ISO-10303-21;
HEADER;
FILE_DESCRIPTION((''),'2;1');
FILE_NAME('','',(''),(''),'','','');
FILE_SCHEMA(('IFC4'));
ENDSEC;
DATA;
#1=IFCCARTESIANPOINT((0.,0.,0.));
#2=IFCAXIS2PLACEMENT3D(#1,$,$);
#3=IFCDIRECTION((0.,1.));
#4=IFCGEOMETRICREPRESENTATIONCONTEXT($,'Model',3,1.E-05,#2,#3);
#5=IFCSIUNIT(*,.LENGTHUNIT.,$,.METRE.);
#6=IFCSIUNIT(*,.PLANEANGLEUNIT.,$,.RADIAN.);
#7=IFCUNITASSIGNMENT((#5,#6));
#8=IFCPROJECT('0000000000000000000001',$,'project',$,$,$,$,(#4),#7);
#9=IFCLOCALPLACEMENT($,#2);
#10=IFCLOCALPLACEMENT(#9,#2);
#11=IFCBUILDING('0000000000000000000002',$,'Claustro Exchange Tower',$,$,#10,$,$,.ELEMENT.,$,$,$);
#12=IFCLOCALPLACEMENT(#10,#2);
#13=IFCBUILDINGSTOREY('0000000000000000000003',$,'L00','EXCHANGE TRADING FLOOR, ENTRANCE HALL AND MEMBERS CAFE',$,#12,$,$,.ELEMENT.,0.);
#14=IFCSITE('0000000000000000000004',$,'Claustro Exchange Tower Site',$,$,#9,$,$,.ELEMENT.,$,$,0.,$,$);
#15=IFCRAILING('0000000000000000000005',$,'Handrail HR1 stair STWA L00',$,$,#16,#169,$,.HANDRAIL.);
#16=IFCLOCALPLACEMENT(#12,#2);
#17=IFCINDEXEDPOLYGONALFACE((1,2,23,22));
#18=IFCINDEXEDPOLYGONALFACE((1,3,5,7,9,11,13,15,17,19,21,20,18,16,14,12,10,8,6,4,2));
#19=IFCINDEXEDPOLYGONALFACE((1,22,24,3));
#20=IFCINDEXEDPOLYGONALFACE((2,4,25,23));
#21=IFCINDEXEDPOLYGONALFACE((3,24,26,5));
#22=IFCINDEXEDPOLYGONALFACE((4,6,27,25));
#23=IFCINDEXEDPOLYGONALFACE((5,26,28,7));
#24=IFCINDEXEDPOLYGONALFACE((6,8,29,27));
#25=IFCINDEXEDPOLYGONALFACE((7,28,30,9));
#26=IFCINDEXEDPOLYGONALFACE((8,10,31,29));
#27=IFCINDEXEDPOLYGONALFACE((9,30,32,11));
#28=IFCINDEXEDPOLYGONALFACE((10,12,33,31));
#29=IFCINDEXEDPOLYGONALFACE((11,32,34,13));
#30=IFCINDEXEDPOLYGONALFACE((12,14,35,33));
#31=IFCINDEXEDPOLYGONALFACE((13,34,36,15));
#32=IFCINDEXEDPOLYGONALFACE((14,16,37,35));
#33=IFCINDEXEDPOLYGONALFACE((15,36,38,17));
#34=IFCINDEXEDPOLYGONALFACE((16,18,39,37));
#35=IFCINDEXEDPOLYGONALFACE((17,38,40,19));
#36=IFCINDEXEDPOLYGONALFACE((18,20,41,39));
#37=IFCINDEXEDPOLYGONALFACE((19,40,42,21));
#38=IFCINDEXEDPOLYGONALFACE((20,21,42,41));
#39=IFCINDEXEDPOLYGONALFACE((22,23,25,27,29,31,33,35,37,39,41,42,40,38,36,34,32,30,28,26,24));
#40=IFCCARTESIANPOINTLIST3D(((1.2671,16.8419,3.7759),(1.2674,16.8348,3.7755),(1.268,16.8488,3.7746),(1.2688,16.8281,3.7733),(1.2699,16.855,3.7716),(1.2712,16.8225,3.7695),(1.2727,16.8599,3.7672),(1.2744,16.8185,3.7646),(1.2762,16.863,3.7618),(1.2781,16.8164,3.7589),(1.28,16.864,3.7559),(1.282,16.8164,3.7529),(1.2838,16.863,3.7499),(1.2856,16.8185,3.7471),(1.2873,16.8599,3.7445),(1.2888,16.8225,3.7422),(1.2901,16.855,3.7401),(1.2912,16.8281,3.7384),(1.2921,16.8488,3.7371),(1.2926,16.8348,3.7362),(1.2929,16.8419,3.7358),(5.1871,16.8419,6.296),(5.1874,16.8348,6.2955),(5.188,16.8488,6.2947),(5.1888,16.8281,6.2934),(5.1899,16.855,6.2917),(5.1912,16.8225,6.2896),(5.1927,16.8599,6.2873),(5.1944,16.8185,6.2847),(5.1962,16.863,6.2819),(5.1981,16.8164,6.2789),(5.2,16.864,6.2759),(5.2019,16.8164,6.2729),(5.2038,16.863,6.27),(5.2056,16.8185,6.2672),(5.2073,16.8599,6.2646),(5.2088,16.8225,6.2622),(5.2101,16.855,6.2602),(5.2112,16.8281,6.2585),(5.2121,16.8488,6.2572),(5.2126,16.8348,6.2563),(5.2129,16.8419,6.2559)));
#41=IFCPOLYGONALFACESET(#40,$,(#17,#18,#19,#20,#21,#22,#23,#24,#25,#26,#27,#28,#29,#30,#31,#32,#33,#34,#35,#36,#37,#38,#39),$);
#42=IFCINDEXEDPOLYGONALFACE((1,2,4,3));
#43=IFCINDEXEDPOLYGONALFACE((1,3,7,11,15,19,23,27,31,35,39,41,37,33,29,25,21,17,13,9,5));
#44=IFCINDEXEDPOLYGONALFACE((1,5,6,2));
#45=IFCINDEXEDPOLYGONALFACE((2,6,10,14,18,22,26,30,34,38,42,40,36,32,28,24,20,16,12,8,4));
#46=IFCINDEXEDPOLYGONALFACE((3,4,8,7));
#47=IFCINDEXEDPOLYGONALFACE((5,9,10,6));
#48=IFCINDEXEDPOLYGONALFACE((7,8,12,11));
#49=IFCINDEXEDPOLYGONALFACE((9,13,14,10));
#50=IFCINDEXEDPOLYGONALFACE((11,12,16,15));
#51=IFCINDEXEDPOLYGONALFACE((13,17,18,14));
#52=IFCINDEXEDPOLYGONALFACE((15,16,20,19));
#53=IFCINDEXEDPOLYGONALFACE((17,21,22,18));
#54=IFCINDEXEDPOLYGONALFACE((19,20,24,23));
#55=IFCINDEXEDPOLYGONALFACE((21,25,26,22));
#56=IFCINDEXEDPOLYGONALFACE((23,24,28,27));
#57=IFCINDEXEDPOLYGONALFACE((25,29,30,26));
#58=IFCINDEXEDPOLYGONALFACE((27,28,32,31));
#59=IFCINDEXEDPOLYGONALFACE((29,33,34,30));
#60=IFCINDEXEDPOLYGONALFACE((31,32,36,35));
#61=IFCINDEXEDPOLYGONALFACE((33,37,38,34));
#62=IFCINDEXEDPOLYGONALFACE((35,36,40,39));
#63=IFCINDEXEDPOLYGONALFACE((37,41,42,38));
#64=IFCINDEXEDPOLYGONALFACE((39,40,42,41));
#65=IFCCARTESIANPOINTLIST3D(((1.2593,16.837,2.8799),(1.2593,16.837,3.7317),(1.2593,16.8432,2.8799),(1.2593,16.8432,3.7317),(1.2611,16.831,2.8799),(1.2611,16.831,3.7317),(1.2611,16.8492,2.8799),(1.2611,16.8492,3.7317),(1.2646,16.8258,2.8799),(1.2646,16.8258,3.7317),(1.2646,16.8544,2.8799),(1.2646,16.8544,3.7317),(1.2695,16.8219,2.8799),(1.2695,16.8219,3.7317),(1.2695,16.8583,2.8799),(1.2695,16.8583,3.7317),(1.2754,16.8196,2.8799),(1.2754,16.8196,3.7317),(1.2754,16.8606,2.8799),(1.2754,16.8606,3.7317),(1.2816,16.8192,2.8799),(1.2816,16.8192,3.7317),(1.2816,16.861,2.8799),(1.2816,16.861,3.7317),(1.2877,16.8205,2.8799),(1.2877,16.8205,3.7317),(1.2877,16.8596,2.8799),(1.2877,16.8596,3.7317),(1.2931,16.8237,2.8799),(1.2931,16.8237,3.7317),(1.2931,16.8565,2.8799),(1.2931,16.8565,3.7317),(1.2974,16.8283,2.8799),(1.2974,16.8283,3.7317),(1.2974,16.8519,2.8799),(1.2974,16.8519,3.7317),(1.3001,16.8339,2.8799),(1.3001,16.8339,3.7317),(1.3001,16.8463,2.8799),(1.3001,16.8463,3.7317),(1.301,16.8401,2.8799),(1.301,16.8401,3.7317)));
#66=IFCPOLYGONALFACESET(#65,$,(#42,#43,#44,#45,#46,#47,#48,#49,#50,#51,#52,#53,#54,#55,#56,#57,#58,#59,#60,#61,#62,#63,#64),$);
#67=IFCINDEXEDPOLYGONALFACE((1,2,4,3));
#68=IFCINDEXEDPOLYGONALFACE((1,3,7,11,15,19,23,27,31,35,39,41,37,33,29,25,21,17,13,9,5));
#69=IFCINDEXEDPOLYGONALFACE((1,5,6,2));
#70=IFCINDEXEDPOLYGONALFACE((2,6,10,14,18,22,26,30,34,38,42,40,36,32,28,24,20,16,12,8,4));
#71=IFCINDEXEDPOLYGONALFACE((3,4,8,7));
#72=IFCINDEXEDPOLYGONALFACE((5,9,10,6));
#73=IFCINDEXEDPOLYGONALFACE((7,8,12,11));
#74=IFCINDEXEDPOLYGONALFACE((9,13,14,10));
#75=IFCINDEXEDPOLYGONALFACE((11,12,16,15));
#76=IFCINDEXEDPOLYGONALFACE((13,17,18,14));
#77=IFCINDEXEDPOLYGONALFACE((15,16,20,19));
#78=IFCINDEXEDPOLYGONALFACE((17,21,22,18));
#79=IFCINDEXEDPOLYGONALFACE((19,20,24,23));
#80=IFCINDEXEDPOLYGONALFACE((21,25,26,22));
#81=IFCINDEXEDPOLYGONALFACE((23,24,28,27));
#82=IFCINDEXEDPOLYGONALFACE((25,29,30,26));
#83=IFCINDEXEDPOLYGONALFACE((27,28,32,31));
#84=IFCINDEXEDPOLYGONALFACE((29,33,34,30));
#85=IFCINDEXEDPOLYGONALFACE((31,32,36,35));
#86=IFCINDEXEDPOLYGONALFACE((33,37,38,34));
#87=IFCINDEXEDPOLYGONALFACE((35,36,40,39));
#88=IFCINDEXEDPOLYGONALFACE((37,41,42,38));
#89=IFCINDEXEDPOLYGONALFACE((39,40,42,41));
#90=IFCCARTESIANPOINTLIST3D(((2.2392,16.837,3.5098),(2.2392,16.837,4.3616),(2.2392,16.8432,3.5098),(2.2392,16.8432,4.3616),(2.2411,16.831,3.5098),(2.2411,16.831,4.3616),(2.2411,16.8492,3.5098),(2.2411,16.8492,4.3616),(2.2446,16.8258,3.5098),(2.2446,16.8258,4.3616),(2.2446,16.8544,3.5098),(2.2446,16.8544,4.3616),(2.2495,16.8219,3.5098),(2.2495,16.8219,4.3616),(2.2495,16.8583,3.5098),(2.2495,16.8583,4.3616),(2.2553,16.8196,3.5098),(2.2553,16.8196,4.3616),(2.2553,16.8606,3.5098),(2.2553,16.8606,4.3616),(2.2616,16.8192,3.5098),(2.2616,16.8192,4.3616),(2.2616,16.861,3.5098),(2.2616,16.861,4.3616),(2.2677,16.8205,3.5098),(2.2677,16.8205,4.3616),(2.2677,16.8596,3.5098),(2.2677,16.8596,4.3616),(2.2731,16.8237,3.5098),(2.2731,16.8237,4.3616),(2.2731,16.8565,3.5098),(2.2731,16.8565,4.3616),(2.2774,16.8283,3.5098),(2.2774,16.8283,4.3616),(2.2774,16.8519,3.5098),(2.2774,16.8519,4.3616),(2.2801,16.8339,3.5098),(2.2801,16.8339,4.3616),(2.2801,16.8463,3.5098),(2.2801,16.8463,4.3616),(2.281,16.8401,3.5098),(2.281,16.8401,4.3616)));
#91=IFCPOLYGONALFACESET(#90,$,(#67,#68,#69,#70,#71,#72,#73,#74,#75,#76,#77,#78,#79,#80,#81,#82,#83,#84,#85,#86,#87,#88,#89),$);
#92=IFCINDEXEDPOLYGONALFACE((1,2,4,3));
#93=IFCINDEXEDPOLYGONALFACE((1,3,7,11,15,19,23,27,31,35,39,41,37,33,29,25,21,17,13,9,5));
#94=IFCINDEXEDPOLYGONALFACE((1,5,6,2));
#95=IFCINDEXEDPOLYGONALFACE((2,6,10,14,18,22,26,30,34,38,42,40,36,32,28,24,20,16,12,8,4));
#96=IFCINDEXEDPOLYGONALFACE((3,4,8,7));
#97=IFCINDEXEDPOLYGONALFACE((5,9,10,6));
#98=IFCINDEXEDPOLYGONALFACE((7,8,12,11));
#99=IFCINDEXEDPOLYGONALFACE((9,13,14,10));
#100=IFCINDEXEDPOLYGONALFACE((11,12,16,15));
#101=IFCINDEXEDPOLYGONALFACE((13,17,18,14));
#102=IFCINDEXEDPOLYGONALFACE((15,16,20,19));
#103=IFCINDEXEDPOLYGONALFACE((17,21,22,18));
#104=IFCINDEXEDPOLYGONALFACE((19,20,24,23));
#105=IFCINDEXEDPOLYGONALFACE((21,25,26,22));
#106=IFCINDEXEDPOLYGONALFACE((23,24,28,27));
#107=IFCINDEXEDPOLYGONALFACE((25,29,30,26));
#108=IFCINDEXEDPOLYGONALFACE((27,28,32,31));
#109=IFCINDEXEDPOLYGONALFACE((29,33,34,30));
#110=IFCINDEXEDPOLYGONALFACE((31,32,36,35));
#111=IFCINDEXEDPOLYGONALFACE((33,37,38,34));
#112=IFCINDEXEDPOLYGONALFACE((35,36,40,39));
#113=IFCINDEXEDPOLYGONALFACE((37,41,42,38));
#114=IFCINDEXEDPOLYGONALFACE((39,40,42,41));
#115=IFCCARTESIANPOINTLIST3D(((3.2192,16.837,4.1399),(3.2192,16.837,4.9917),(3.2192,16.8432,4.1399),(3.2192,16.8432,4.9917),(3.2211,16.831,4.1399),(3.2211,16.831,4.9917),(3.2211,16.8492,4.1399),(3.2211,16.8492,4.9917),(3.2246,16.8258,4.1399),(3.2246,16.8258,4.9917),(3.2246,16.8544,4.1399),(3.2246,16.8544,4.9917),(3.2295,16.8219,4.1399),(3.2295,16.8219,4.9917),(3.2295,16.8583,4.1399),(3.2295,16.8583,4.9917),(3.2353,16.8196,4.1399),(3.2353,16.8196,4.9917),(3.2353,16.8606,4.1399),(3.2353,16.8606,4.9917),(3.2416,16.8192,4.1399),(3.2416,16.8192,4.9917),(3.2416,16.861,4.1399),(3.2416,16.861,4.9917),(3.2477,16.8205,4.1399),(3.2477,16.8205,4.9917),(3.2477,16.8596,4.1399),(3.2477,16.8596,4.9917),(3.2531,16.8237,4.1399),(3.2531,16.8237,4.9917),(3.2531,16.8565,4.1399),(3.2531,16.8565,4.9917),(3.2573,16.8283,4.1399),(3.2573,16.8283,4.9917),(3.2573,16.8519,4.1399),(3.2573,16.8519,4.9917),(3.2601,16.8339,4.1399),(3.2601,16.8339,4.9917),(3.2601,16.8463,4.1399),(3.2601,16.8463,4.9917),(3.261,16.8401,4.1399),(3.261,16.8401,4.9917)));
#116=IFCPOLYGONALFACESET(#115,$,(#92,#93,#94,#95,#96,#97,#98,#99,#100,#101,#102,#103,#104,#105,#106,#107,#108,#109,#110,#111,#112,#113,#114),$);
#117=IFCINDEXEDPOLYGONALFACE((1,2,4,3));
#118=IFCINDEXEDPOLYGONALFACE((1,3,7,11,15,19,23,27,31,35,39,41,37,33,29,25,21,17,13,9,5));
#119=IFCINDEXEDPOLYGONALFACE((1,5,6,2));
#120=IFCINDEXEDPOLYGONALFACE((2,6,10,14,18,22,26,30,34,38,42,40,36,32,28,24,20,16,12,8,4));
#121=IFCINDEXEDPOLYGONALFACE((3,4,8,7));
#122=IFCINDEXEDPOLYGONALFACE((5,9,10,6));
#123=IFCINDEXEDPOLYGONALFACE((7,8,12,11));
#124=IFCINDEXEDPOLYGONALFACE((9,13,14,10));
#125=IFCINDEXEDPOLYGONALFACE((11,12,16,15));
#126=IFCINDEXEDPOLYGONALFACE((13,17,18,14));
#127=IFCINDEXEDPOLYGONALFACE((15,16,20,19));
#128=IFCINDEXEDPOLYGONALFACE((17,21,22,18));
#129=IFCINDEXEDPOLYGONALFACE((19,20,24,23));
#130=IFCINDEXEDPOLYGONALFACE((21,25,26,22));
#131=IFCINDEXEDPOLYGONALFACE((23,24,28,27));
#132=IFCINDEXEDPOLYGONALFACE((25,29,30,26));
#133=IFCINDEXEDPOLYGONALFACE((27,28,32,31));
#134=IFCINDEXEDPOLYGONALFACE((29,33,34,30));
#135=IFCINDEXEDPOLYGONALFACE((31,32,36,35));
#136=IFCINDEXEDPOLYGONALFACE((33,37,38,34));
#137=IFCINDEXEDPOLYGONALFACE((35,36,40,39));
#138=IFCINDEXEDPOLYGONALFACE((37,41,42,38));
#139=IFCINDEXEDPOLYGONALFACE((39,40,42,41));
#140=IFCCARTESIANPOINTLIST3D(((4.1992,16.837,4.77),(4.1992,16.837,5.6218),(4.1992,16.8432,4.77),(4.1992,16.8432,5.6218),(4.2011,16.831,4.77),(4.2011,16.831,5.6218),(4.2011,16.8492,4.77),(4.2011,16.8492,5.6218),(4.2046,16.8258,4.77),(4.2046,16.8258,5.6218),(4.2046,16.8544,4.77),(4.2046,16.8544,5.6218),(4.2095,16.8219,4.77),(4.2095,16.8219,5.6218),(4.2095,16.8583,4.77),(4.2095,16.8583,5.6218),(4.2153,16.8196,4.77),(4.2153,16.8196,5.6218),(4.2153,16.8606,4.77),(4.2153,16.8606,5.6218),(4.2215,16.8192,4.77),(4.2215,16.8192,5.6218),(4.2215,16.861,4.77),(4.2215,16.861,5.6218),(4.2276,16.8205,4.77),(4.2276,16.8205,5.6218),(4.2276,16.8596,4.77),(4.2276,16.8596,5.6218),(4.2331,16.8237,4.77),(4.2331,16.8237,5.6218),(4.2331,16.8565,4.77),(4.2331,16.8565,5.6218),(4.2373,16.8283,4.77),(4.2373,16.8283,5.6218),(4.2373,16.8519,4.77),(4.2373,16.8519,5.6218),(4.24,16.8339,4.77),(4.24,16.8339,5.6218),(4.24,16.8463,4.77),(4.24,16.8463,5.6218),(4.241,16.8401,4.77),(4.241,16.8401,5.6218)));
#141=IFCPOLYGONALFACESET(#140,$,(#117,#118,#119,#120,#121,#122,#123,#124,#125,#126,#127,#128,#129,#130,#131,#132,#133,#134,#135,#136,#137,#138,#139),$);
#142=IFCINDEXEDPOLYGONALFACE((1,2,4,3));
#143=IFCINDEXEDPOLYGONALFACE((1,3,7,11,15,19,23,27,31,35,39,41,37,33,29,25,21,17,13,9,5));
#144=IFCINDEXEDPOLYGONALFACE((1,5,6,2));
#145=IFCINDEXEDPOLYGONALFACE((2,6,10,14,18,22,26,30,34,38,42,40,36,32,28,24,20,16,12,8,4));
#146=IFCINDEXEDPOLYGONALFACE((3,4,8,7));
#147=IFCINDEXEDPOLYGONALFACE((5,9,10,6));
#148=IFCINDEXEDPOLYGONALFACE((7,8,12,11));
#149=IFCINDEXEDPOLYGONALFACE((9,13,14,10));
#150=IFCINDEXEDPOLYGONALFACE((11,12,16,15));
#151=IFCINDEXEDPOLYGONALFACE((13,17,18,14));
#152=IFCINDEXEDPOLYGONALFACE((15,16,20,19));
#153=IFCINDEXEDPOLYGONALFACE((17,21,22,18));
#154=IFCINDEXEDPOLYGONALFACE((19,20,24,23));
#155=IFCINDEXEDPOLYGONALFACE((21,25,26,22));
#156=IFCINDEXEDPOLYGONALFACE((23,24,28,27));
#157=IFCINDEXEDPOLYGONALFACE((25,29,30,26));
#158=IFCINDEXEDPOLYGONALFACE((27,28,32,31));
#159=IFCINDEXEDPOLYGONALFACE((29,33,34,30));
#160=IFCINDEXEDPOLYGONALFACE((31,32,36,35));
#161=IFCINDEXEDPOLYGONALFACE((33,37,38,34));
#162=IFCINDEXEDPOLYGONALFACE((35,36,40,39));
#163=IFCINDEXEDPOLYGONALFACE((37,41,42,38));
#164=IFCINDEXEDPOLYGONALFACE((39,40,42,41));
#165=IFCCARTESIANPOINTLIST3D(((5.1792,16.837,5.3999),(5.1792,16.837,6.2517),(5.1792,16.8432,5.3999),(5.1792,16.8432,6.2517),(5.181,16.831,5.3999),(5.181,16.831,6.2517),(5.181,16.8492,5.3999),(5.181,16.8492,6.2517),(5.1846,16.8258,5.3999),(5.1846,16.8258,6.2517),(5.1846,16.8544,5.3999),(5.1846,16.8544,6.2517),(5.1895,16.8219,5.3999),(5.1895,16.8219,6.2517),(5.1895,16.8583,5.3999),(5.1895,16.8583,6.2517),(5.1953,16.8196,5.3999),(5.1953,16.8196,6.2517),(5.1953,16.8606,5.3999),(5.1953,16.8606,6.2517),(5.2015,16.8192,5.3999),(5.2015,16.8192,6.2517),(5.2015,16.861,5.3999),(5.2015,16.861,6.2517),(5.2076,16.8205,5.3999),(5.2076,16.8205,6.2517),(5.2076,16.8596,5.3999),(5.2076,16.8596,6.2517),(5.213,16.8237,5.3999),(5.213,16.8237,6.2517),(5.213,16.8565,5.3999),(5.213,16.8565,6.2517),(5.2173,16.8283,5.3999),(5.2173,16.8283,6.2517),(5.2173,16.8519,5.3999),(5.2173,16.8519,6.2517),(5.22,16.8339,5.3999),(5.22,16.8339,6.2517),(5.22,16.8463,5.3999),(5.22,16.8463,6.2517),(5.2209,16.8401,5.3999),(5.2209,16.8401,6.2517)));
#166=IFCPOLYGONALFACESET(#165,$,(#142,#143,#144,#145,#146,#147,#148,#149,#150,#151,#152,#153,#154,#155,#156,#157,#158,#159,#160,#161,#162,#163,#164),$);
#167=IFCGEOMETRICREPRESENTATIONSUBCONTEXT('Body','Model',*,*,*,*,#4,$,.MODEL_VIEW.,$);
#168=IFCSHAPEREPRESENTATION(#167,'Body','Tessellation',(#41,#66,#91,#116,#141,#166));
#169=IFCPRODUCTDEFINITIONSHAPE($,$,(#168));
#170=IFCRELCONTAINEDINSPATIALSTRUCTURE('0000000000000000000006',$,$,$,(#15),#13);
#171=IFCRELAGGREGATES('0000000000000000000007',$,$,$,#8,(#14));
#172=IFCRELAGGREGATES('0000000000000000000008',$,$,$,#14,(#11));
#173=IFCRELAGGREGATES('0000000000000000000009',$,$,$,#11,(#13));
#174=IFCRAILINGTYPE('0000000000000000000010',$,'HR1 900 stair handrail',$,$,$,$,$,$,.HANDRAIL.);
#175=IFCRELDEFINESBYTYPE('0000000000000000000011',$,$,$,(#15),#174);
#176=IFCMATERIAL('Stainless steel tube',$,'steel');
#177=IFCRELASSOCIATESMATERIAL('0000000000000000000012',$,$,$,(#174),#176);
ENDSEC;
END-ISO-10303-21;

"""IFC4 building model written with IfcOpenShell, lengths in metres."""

from ifc_helpers import new_model, si_unit, direction, frame, origin, origin_2d, place, context, subcontext, project, spatial, circle, extrude, material, type_object, element, save


model = new_model("IFC4")

# Units and contexts
model_context = context("Model", 3, precision=1e-05, world=origin(), true_north=direction((0.0, 1.0)))
body_context = subcontext(model_context, "Body", "Model", "MODEL_VIEW")
ifc_project = project(units=[si_unit("LENGTHUNIT", "METRE"), si_unit("PLANEANGLEUNIT", "RADIAN")], contexts=[model_context])

# Site, building, storey
site_placement = place(None, origin())
site = spatial("IfcSite", under=ifc_project, at=site_placement, Name="Claustro Exchange Tower Site", CompositionType="ELEMENT", RefElevation=0.0)
building_placement = place(site_placement, origin())
building = spatial("IfcBuilding", under=site, at=building_placement, Name="Claustro Exchange Tower", CompositionType="ELEMENT")
storey_placement = place(building_placement, origin())
storey = spatial("IfcBuildingStorey", under=building, at=storey_placement, Name="L00", Description="EXCHANGE TRADING FLOOR, ENTRANCE HALL AND MEMBERS CAFE", CompositionType="ELEMENT", Elevation=0.0)

# Railing
ifc_material_1 = material(Name="Stainless steel tube", Category="steel")
railing_type = type_object("IfcRailingType", Name="HR1 900 stair handrail", PredefinedType="HANDRAIL", material=ifc_material_1)
railing_placement = place(storey_placement, frame((1.28, 16.8401, 2.8799)))
element("IfcRailing", 1, at=railing_placement, inside=storey, type_object=railing_type, Name="Handrail HR1 stair STWA L00", PredefinedType="HANDRAIL", context=body_context, shape_type="SweptSolid", body=[
    extrude(circle(Radius=0.0239, at=origin_2d()), frame((0.0, 0.0, 0.876), z_axis=(0.841172, 0.0, 0.540768), x_axis=(0.0, 1.0, 0.0)), (0.0, 0.0, 1.0), 4.6602),
    extrude(circle(Radius=0.021, at=origin_2d()), origin(), (0.0, 0.0, 1.0), 0.8518),
    extrude(circle(Radius=0.021, at=origin_2d()), frame((0.98, 0.0, 0.6299)), (0.0, 0.0, 1.0), 0.8518),
    extrude(circle(Radius=0.021, at=origin_2d()), frame((1.96, 0.0, 1.26)), (0.0, 0.0, 1.0), 0.8518),
    extrude(circle(Radius=0.021, at=origin_2d()), frame((2.9399, 0.0, 1.8901)), (0.0, 0.0, 1.0), 0.8518),
    extrude(circle(Radius=0.021, at=origin_2d()), frame((3.9199, 0.0, 2.52)), (0.0, 0.0, 1.0), 0.8518),
])

save(model, "model.ifc")
